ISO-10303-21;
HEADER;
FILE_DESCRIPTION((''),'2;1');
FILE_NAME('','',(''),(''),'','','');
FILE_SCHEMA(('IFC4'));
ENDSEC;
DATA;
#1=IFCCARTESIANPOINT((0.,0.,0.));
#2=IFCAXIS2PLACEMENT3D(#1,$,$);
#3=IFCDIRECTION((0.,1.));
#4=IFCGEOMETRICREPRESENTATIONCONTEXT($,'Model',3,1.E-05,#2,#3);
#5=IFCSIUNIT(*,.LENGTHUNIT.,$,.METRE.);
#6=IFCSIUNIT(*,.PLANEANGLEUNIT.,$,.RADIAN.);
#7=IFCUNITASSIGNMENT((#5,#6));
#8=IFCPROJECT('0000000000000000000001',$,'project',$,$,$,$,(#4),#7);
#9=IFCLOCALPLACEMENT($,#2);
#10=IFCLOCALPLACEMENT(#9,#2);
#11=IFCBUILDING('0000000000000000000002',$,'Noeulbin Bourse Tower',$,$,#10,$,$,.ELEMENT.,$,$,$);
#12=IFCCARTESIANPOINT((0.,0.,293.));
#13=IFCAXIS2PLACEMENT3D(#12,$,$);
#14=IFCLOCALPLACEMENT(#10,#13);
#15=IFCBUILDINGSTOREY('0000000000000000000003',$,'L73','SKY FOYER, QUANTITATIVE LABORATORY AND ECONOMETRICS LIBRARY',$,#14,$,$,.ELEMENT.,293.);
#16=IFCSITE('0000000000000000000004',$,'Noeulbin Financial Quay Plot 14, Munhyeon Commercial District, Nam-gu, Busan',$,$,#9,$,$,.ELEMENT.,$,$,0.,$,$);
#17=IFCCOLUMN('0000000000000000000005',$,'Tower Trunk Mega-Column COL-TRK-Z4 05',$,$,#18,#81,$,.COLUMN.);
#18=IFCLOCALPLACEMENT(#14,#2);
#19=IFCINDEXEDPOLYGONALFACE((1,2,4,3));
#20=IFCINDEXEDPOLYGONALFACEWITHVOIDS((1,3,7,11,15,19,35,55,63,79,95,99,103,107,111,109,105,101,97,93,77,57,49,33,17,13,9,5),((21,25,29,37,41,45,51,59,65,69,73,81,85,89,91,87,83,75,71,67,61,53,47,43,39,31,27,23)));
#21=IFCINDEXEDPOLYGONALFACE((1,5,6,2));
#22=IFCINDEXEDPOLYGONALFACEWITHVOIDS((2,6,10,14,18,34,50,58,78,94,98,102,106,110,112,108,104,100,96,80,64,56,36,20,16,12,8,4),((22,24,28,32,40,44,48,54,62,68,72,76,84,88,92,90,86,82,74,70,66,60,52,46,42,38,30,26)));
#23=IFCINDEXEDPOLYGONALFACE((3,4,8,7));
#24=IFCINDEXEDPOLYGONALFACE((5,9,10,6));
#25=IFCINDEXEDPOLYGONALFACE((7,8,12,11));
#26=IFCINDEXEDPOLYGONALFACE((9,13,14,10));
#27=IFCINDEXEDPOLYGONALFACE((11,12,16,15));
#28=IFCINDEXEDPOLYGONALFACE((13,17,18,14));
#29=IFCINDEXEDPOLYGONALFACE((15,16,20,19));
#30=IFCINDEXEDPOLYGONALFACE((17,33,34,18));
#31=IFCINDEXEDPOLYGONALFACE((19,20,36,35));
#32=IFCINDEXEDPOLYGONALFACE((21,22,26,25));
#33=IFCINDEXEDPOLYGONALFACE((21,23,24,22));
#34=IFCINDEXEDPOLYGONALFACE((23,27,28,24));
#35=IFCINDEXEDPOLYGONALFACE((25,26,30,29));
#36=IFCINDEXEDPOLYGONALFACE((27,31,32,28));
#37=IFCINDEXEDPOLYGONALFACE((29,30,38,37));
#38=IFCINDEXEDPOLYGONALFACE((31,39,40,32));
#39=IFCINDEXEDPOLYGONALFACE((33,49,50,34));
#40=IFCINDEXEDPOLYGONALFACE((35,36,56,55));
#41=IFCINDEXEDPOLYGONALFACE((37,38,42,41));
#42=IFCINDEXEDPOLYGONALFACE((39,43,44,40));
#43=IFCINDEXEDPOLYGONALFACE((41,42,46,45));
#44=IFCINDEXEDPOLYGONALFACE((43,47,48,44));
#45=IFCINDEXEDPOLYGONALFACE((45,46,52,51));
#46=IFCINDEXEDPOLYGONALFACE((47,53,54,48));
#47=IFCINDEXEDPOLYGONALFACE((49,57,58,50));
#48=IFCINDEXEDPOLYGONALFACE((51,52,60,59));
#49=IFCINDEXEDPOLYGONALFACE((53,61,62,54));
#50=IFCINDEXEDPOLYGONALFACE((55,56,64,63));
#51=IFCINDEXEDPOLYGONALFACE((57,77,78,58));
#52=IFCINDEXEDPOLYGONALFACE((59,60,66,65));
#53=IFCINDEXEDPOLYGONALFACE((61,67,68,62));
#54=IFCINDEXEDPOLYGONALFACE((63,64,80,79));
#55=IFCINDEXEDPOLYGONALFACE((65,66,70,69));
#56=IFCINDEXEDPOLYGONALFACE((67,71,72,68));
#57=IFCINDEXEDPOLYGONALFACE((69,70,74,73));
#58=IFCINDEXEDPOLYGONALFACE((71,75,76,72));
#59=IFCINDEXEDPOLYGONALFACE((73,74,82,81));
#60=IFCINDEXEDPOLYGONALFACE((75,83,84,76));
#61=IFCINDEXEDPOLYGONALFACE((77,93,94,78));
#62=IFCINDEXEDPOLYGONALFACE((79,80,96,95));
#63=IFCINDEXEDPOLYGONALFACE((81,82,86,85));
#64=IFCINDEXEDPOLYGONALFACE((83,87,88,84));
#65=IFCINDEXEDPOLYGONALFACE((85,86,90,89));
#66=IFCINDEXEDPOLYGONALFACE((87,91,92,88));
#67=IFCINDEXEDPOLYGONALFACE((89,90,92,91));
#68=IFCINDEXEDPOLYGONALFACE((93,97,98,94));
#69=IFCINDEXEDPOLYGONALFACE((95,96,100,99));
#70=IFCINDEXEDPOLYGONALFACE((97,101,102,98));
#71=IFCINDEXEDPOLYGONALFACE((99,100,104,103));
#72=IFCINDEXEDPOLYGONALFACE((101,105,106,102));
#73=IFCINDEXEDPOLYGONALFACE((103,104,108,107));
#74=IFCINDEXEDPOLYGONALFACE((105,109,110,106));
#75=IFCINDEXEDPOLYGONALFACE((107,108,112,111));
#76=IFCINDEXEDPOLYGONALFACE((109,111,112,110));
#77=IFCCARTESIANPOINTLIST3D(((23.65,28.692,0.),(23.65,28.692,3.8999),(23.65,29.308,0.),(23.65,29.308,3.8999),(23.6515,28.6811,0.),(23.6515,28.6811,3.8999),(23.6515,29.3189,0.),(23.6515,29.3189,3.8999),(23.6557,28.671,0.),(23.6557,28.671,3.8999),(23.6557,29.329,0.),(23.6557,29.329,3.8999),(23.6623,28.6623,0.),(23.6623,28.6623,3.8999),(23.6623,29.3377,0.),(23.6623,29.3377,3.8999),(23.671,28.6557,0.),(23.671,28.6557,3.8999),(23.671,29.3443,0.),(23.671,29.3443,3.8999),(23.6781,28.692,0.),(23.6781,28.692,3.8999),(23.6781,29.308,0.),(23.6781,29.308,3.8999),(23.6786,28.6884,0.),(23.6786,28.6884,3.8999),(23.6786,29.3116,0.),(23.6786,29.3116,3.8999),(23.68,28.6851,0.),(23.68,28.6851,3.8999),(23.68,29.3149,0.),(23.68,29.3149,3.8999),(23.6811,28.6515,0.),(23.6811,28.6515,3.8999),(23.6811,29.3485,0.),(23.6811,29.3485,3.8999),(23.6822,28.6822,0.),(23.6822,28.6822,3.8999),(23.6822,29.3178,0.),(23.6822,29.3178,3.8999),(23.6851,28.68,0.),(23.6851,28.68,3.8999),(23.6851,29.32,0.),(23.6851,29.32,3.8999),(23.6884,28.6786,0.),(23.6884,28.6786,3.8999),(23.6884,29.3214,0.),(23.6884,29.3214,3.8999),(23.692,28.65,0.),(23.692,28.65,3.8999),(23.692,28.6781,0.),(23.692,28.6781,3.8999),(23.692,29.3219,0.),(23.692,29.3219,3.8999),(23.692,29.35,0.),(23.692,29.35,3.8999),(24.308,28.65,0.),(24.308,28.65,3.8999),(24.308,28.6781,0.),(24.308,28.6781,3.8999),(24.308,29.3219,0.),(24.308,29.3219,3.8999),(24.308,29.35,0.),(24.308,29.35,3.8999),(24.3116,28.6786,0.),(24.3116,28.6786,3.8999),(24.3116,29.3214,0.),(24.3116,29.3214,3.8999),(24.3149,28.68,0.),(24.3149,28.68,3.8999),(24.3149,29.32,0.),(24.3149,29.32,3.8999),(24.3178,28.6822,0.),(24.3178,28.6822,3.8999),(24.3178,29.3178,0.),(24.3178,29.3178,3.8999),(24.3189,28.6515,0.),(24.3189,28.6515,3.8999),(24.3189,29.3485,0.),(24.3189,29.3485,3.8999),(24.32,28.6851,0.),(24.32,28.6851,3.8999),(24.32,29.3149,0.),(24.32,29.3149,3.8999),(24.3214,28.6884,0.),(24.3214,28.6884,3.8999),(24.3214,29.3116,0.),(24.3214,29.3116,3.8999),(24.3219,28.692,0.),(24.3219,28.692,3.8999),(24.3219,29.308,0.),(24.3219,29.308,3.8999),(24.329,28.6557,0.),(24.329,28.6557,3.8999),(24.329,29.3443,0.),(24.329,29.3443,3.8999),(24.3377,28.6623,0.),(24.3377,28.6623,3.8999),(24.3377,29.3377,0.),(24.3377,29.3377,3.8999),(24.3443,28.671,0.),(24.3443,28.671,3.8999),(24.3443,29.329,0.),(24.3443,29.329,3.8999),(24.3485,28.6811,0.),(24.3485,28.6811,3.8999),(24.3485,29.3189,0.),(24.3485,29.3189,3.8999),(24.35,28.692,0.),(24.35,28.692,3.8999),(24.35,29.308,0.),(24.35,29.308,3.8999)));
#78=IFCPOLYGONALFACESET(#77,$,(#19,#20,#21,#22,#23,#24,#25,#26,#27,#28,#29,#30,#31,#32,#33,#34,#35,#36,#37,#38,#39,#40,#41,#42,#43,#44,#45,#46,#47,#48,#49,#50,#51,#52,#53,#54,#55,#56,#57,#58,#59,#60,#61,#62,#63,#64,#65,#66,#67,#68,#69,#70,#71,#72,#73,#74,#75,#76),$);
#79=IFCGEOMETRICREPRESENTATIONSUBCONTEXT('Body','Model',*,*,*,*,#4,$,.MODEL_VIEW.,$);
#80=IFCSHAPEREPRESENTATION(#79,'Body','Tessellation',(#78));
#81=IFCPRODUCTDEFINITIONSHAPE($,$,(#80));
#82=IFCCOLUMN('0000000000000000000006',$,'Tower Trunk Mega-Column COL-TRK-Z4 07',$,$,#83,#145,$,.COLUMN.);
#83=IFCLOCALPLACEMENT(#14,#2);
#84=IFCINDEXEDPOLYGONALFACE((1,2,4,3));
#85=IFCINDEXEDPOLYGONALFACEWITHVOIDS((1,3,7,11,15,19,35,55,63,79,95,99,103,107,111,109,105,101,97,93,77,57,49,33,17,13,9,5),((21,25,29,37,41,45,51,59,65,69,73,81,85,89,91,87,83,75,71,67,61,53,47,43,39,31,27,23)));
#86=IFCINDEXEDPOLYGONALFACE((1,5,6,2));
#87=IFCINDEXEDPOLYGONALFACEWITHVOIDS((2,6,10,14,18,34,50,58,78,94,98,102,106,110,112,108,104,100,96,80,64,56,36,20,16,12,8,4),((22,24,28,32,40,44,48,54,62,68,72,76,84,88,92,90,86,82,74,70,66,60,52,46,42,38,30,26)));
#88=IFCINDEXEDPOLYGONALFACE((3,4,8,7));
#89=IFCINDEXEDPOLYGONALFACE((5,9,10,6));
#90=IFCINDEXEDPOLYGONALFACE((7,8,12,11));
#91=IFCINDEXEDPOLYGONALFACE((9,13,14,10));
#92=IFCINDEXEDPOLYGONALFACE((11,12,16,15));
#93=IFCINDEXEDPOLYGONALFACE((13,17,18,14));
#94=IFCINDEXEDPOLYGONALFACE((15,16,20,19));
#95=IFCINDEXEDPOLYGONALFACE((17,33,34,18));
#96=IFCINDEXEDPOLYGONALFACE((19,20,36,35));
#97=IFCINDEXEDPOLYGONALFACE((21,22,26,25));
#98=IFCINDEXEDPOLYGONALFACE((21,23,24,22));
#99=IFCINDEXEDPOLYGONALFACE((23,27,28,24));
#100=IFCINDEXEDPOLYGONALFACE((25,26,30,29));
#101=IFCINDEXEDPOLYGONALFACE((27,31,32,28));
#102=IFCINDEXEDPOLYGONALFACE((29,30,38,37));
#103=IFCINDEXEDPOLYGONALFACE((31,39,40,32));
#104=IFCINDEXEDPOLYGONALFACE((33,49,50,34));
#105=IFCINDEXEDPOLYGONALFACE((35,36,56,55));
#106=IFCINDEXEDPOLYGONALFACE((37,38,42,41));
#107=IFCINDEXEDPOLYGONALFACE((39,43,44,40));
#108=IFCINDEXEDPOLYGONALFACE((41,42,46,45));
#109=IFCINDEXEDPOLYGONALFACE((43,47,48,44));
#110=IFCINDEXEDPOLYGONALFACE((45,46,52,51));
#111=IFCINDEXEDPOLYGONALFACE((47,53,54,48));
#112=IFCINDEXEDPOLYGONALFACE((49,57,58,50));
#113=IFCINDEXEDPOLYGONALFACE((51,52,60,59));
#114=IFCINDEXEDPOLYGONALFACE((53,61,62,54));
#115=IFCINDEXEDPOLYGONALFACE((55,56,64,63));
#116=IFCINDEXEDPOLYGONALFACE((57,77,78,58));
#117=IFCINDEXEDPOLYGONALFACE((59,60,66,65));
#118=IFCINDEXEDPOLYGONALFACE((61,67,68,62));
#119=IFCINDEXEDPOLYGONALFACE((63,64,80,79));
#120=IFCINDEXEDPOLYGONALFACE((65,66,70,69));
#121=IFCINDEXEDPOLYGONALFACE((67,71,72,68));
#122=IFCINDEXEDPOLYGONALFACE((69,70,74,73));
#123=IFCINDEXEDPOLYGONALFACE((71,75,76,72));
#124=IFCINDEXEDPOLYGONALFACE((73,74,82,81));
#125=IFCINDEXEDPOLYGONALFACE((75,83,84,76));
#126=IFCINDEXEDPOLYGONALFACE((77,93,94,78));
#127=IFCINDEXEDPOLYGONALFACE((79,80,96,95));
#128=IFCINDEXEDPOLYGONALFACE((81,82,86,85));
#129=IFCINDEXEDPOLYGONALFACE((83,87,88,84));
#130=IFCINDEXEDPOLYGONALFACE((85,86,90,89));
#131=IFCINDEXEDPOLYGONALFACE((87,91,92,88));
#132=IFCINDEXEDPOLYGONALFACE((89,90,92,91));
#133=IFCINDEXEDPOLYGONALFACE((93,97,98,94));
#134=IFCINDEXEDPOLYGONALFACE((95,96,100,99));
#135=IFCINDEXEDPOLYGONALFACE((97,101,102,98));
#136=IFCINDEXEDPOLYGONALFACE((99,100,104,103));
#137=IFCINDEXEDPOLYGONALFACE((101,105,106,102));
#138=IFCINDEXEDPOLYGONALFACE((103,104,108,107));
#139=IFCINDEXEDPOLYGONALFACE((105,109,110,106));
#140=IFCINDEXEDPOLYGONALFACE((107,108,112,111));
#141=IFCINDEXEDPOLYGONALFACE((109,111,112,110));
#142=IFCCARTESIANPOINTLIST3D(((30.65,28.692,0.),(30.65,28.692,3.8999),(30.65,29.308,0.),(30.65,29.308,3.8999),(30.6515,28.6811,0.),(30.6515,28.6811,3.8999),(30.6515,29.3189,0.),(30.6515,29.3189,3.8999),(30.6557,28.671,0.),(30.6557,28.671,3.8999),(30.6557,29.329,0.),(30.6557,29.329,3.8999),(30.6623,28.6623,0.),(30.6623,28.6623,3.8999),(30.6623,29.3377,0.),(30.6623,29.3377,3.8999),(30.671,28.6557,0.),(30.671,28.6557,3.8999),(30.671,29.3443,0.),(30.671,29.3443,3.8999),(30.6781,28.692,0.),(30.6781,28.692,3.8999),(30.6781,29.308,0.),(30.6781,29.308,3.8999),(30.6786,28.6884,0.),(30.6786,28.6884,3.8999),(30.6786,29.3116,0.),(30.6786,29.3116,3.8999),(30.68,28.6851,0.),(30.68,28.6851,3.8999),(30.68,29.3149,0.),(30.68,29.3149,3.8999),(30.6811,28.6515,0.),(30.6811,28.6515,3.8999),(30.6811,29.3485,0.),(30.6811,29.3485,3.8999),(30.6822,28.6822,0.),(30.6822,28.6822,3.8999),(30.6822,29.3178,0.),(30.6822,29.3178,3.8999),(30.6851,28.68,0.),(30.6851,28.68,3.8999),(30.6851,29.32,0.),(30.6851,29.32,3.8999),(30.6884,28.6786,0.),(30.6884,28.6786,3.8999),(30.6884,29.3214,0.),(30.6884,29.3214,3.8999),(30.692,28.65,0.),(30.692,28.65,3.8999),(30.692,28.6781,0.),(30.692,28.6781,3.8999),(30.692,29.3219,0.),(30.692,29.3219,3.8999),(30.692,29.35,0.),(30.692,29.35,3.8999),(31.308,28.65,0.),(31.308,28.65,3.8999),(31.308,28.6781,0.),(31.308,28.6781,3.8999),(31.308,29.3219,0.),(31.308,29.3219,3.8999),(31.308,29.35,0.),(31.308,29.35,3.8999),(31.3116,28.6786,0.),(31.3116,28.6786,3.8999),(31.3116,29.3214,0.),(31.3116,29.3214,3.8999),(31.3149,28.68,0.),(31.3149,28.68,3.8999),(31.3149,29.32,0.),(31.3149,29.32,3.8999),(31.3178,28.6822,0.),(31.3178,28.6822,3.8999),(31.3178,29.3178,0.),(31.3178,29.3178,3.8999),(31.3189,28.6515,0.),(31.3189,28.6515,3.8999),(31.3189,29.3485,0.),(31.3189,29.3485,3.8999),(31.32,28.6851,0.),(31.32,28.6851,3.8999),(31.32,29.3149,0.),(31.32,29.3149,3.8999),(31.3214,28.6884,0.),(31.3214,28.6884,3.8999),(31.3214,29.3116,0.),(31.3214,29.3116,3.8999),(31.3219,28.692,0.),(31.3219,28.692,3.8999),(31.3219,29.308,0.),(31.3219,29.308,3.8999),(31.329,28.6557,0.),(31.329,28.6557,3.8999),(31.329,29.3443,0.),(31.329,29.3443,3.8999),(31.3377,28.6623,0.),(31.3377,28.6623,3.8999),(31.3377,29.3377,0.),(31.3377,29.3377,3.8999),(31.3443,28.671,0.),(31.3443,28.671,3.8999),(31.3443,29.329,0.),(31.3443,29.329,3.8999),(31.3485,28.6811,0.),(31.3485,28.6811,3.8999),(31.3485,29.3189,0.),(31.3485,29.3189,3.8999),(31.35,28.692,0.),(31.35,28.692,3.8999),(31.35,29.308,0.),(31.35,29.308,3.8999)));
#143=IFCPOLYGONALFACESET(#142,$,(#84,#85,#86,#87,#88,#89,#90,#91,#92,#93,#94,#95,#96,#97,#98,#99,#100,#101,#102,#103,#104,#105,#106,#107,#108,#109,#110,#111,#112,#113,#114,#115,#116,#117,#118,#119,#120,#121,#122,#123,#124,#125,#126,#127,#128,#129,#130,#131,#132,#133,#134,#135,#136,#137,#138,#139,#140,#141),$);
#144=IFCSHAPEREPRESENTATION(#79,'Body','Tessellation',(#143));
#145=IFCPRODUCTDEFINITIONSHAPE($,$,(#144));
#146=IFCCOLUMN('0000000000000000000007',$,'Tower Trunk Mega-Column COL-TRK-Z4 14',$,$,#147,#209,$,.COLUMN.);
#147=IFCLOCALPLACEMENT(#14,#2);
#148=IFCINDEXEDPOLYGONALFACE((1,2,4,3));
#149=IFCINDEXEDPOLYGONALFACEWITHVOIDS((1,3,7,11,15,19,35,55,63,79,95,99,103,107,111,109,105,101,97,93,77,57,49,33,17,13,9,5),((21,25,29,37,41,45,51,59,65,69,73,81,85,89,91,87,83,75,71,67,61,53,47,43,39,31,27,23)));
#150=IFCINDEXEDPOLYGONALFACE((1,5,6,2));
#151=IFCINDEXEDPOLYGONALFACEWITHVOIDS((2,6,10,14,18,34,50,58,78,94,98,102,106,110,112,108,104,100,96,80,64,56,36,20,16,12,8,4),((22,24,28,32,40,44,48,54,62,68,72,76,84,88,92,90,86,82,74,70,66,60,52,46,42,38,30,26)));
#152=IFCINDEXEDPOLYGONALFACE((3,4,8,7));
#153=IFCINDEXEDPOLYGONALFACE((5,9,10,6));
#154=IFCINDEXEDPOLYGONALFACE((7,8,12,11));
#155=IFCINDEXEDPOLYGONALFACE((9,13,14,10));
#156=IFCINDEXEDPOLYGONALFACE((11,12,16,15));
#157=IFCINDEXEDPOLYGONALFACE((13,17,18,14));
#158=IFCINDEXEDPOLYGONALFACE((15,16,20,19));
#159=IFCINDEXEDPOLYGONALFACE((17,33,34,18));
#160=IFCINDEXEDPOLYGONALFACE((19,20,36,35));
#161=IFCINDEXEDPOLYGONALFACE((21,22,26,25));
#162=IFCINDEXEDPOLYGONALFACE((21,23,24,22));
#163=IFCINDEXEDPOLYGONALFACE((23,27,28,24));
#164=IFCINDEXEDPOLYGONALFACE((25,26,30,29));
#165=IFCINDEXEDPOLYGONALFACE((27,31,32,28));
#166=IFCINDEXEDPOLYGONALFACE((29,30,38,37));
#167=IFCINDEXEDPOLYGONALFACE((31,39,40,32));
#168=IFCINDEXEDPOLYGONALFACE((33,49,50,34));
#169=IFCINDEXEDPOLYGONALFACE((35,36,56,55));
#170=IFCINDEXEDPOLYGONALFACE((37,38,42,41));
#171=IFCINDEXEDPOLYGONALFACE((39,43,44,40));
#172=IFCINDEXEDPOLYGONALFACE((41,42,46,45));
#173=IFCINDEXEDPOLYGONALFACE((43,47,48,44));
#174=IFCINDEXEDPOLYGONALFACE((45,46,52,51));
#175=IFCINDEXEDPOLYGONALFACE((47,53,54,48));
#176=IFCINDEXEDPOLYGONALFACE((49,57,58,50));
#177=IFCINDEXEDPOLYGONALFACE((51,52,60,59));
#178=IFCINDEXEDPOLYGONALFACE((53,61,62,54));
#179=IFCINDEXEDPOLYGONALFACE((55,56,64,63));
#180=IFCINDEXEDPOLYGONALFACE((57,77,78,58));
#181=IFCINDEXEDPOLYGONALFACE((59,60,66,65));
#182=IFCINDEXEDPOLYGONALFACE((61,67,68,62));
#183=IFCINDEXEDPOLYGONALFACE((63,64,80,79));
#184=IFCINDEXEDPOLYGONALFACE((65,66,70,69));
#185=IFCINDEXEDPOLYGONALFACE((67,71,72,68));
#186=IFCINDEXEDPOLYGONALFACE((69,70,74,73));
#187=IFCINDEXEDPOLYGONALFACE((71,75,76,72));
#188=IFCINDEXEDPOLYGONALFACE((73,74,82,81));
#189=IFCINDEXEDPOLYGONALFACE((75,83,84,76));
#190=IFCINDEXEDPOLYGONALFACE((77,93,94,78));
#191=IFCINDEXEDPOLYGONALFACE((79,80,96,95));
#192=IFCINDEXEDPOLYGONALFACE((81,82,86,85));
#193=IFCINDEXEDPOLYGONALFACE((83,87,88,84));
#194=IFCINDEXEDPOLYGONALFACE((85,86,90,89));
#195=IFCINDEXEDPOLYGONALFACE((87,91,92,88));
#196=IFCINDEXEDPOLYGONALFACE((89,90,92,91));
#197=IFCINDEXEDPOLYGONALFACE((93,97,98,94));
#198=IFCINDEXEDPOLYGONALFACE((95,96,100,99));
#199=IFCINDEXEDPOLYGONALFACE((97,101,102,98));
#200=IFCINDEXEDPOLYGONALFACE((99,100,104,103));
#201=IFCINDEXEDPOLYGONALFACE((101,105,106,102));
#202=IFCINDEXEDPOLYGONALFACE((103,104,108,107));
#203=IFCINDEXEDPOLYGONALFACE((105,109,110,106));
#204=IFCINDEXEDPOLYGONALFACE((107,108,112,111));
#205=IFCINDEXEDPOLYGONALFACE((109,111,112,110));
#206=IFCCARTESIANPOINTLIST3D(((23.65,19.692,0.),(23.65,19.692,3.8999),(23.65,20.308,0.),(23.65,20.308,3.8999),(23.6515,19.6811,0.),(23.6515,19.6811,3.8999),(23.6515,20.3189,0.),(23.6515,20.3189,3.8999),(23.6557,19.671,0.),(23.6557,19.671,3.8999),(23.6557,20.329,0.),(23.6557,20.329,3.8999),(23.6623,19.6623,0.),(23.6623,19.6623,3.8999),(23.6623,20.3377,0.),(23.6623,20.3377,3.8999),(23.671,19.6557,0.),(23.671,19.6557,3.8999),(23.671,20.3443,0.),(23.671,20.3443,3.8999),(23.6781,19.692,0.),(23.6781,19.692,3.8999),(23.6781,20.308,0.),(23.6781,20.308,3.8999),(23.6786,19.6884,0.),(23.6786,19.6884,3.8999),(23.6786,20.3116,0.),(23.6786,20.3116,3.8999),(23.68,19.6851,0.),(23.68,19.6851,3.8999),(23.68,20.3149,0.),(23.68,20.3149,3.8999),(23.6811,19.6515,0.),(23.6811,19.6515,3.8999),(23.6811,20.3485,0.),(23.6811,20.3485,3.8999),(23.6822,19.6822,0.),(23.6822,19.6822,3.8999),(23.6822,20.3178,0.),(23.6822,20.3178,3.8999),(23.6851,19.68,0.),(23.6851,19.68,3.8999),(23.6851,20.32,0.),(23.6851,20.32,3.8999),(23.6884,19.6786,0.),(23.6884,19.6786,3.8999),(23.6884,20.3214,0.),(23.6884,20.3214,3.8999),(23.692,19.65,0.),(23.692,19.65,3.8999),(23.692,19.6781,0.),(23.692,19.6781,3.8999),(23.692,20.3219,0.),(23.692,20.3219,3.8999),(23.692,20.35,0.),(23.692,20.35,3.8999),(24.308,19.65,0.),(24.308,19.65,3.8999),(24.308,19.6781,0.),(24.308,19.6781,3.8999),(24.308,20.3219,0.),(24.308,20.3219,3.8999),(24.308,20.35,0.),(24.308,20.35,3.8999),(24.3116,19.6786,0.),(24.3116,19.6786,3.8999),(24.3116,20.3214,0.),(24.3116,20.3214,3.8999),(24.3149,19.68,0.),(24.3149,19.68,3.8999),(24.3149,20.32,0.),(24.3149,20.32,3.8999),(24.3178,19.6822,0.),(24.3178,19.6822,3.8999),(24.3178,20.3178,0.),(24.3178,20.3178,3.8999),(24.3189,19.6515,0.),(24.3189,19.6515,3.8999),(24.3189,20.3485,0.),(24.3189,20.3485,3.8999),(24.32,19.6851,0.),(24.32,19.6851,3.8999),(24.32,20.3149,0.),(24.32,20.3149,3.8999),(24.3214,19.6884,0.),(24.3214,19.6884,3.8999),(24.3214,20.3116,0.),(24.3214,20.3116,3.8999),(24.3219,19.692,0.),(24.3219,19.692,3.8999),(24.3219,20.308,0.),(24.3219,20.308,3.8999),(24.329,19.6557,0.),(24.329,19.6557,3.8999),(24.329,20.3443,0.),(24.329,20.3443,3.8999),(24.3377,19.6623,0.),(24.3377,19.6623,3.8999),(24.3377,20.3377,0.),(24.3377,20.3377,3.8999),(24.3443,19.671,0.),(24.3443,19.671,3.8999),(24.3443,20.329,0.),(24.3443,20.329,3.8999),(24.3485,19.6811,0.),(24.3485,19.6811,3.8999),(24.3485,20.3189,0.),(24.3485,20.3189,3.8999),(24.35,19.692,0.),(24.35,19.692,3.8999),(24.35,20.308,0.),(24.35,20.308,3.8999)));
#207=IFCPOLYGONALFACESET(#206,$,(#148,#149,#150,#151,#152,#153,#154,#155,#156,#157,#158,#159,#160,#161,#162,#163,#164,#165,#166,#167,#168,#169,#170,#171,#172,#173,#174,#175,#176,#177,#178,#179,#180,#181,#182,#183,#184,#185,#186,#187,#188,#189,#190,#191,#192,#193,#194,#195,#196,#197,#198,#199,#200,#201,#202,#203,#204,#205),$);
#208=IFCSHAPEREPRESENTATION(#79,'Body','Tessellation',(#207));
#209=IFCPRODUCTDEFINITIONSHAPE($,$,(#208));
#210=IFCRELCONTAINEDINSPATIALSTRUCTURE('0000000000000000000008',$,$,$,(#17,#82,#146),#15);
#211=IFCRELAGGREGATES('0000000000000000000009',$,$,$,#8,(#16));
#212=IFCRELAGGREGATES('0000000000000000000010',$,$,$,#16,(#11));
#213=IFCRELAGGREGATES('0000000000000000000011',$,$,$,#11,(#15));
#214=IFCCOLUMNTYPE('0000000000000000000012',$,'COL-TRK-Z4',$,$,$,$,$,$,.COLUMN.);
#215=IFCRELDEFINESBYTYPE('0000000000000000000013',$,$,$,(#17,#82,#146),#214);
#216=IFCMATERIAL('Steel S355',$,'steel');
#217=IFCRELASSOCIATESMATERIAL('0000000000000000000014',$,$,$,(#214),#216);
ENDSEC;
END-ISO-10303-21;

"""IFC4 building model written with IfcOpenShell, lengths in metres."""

from ifc_helpers import new_model, si_unit, direction, frame, origin, origin_2d, place, context, subcontext, project, spatial, hollow_rectangle, extrude, material, material_profile, profile_set, type_object, element, save


model = new_model("IFC4")

# Units and contexts
model_context = context("Model", 3, precision=1e-05, world=origin(), true_north=direction((0.0, 1.0)))
body_context = subcontext(model_context, "Body", "Model", "MODEL_VIEW")
ifc_project = project(units=[si_unit("LENGTHUNIT", "METRE"), si_unit("PLANEANGLEUNIT", "RADIAN")], contexts=[model_context])

# Site, building, storey
site_placement = place(None, origin())
site = spatial("IfcSite", under=ifc_project, at=site_placement, Name="Noeulbin Financial Quay Plot 14, Munhyeon Commercial District, Nam-gu, Busan", CompositionType="ELEMENT", RefElevation=0.0)
building_placement = place(site_placement, origin())
building = spatial("IfcBuilding", under=site, at=building_placement, Name="Noeulbin Bourse Tower", CompositionType="ELEMENT")
storey_placement = place(building_placement, frame((0.0, 0.0, 293.0)))
storey = spatial("IfcBuildingStorey", under=building, at=storey_placement, Name="L73", Description="SKY FOYER, QUANTITATIVE LABORATORY AND ECONOMETRICS LIBRARY", CompositionType="ELEMENT", Elevation=293.0)

# Columns
ifc_material_1 = material(Name="Steel S355", Category="steel")
ifc_material_profile_1 = material_profile(ifc_material_1, hollow_rectangle(XDim=0.7, YDim=0.7, WallThickness=0.0281, InnerFilletRadius=0.0139, OuterFilletRadius=0.042, at=origin_2d()), Name="BOX-700x700x28", Category="LoadBearing")
ifc_profile_set_1 = profile_set([ifc_material_profile_1], Name="Steel S355")
column_type = type_object("IfcColumnType", Name="COL-TRK-Z4", PredefinedType="COLUMN", material=ifc_profile_set_1)
for number, where, z_axis, x_axis, name in (
    (1, (24.0, 29.0, 0.0), (0.0, 0.0, 1.0), (1.0, 0.0, 0.0), "Tower Trunk Mega-Column COL-TRK-Z4 05"),
    (2, (31.0, 29.0, 0.0), (0.0, 0.0, 1.0), (1.0, 0.0, 0.0), "Tower Trunk Mega-Column COL-TRK-Z4 07"),
    (3, (24.0, 20.0, 0.0), (0.0, 0.0, 1.0), (1.0, 0.0, 0.0), "Tower Trunk Mega-Column COL-TRK-Z4 14"),
):
    element("IfcColumn", number, at=place(storey_placement, frame(where, z_axis=z_axis, x_axis=x_axis)), inside=storey, type_object=column_type, Name=name, PredefinedType="COLUMN", context=body_context, shape_type="SweptSolid", body=[
        extrude(hollow_rectangle(XDim=0.7, YDim=0.7, WallThickness=0.0281, InnerFilletRadius=0.0139, OuterFilletRadius=0.042, at=origin_2d()), origin(), (0.0, 0.0, 1.0), 3.8999),
    ])

save(model, "model.ifc")
